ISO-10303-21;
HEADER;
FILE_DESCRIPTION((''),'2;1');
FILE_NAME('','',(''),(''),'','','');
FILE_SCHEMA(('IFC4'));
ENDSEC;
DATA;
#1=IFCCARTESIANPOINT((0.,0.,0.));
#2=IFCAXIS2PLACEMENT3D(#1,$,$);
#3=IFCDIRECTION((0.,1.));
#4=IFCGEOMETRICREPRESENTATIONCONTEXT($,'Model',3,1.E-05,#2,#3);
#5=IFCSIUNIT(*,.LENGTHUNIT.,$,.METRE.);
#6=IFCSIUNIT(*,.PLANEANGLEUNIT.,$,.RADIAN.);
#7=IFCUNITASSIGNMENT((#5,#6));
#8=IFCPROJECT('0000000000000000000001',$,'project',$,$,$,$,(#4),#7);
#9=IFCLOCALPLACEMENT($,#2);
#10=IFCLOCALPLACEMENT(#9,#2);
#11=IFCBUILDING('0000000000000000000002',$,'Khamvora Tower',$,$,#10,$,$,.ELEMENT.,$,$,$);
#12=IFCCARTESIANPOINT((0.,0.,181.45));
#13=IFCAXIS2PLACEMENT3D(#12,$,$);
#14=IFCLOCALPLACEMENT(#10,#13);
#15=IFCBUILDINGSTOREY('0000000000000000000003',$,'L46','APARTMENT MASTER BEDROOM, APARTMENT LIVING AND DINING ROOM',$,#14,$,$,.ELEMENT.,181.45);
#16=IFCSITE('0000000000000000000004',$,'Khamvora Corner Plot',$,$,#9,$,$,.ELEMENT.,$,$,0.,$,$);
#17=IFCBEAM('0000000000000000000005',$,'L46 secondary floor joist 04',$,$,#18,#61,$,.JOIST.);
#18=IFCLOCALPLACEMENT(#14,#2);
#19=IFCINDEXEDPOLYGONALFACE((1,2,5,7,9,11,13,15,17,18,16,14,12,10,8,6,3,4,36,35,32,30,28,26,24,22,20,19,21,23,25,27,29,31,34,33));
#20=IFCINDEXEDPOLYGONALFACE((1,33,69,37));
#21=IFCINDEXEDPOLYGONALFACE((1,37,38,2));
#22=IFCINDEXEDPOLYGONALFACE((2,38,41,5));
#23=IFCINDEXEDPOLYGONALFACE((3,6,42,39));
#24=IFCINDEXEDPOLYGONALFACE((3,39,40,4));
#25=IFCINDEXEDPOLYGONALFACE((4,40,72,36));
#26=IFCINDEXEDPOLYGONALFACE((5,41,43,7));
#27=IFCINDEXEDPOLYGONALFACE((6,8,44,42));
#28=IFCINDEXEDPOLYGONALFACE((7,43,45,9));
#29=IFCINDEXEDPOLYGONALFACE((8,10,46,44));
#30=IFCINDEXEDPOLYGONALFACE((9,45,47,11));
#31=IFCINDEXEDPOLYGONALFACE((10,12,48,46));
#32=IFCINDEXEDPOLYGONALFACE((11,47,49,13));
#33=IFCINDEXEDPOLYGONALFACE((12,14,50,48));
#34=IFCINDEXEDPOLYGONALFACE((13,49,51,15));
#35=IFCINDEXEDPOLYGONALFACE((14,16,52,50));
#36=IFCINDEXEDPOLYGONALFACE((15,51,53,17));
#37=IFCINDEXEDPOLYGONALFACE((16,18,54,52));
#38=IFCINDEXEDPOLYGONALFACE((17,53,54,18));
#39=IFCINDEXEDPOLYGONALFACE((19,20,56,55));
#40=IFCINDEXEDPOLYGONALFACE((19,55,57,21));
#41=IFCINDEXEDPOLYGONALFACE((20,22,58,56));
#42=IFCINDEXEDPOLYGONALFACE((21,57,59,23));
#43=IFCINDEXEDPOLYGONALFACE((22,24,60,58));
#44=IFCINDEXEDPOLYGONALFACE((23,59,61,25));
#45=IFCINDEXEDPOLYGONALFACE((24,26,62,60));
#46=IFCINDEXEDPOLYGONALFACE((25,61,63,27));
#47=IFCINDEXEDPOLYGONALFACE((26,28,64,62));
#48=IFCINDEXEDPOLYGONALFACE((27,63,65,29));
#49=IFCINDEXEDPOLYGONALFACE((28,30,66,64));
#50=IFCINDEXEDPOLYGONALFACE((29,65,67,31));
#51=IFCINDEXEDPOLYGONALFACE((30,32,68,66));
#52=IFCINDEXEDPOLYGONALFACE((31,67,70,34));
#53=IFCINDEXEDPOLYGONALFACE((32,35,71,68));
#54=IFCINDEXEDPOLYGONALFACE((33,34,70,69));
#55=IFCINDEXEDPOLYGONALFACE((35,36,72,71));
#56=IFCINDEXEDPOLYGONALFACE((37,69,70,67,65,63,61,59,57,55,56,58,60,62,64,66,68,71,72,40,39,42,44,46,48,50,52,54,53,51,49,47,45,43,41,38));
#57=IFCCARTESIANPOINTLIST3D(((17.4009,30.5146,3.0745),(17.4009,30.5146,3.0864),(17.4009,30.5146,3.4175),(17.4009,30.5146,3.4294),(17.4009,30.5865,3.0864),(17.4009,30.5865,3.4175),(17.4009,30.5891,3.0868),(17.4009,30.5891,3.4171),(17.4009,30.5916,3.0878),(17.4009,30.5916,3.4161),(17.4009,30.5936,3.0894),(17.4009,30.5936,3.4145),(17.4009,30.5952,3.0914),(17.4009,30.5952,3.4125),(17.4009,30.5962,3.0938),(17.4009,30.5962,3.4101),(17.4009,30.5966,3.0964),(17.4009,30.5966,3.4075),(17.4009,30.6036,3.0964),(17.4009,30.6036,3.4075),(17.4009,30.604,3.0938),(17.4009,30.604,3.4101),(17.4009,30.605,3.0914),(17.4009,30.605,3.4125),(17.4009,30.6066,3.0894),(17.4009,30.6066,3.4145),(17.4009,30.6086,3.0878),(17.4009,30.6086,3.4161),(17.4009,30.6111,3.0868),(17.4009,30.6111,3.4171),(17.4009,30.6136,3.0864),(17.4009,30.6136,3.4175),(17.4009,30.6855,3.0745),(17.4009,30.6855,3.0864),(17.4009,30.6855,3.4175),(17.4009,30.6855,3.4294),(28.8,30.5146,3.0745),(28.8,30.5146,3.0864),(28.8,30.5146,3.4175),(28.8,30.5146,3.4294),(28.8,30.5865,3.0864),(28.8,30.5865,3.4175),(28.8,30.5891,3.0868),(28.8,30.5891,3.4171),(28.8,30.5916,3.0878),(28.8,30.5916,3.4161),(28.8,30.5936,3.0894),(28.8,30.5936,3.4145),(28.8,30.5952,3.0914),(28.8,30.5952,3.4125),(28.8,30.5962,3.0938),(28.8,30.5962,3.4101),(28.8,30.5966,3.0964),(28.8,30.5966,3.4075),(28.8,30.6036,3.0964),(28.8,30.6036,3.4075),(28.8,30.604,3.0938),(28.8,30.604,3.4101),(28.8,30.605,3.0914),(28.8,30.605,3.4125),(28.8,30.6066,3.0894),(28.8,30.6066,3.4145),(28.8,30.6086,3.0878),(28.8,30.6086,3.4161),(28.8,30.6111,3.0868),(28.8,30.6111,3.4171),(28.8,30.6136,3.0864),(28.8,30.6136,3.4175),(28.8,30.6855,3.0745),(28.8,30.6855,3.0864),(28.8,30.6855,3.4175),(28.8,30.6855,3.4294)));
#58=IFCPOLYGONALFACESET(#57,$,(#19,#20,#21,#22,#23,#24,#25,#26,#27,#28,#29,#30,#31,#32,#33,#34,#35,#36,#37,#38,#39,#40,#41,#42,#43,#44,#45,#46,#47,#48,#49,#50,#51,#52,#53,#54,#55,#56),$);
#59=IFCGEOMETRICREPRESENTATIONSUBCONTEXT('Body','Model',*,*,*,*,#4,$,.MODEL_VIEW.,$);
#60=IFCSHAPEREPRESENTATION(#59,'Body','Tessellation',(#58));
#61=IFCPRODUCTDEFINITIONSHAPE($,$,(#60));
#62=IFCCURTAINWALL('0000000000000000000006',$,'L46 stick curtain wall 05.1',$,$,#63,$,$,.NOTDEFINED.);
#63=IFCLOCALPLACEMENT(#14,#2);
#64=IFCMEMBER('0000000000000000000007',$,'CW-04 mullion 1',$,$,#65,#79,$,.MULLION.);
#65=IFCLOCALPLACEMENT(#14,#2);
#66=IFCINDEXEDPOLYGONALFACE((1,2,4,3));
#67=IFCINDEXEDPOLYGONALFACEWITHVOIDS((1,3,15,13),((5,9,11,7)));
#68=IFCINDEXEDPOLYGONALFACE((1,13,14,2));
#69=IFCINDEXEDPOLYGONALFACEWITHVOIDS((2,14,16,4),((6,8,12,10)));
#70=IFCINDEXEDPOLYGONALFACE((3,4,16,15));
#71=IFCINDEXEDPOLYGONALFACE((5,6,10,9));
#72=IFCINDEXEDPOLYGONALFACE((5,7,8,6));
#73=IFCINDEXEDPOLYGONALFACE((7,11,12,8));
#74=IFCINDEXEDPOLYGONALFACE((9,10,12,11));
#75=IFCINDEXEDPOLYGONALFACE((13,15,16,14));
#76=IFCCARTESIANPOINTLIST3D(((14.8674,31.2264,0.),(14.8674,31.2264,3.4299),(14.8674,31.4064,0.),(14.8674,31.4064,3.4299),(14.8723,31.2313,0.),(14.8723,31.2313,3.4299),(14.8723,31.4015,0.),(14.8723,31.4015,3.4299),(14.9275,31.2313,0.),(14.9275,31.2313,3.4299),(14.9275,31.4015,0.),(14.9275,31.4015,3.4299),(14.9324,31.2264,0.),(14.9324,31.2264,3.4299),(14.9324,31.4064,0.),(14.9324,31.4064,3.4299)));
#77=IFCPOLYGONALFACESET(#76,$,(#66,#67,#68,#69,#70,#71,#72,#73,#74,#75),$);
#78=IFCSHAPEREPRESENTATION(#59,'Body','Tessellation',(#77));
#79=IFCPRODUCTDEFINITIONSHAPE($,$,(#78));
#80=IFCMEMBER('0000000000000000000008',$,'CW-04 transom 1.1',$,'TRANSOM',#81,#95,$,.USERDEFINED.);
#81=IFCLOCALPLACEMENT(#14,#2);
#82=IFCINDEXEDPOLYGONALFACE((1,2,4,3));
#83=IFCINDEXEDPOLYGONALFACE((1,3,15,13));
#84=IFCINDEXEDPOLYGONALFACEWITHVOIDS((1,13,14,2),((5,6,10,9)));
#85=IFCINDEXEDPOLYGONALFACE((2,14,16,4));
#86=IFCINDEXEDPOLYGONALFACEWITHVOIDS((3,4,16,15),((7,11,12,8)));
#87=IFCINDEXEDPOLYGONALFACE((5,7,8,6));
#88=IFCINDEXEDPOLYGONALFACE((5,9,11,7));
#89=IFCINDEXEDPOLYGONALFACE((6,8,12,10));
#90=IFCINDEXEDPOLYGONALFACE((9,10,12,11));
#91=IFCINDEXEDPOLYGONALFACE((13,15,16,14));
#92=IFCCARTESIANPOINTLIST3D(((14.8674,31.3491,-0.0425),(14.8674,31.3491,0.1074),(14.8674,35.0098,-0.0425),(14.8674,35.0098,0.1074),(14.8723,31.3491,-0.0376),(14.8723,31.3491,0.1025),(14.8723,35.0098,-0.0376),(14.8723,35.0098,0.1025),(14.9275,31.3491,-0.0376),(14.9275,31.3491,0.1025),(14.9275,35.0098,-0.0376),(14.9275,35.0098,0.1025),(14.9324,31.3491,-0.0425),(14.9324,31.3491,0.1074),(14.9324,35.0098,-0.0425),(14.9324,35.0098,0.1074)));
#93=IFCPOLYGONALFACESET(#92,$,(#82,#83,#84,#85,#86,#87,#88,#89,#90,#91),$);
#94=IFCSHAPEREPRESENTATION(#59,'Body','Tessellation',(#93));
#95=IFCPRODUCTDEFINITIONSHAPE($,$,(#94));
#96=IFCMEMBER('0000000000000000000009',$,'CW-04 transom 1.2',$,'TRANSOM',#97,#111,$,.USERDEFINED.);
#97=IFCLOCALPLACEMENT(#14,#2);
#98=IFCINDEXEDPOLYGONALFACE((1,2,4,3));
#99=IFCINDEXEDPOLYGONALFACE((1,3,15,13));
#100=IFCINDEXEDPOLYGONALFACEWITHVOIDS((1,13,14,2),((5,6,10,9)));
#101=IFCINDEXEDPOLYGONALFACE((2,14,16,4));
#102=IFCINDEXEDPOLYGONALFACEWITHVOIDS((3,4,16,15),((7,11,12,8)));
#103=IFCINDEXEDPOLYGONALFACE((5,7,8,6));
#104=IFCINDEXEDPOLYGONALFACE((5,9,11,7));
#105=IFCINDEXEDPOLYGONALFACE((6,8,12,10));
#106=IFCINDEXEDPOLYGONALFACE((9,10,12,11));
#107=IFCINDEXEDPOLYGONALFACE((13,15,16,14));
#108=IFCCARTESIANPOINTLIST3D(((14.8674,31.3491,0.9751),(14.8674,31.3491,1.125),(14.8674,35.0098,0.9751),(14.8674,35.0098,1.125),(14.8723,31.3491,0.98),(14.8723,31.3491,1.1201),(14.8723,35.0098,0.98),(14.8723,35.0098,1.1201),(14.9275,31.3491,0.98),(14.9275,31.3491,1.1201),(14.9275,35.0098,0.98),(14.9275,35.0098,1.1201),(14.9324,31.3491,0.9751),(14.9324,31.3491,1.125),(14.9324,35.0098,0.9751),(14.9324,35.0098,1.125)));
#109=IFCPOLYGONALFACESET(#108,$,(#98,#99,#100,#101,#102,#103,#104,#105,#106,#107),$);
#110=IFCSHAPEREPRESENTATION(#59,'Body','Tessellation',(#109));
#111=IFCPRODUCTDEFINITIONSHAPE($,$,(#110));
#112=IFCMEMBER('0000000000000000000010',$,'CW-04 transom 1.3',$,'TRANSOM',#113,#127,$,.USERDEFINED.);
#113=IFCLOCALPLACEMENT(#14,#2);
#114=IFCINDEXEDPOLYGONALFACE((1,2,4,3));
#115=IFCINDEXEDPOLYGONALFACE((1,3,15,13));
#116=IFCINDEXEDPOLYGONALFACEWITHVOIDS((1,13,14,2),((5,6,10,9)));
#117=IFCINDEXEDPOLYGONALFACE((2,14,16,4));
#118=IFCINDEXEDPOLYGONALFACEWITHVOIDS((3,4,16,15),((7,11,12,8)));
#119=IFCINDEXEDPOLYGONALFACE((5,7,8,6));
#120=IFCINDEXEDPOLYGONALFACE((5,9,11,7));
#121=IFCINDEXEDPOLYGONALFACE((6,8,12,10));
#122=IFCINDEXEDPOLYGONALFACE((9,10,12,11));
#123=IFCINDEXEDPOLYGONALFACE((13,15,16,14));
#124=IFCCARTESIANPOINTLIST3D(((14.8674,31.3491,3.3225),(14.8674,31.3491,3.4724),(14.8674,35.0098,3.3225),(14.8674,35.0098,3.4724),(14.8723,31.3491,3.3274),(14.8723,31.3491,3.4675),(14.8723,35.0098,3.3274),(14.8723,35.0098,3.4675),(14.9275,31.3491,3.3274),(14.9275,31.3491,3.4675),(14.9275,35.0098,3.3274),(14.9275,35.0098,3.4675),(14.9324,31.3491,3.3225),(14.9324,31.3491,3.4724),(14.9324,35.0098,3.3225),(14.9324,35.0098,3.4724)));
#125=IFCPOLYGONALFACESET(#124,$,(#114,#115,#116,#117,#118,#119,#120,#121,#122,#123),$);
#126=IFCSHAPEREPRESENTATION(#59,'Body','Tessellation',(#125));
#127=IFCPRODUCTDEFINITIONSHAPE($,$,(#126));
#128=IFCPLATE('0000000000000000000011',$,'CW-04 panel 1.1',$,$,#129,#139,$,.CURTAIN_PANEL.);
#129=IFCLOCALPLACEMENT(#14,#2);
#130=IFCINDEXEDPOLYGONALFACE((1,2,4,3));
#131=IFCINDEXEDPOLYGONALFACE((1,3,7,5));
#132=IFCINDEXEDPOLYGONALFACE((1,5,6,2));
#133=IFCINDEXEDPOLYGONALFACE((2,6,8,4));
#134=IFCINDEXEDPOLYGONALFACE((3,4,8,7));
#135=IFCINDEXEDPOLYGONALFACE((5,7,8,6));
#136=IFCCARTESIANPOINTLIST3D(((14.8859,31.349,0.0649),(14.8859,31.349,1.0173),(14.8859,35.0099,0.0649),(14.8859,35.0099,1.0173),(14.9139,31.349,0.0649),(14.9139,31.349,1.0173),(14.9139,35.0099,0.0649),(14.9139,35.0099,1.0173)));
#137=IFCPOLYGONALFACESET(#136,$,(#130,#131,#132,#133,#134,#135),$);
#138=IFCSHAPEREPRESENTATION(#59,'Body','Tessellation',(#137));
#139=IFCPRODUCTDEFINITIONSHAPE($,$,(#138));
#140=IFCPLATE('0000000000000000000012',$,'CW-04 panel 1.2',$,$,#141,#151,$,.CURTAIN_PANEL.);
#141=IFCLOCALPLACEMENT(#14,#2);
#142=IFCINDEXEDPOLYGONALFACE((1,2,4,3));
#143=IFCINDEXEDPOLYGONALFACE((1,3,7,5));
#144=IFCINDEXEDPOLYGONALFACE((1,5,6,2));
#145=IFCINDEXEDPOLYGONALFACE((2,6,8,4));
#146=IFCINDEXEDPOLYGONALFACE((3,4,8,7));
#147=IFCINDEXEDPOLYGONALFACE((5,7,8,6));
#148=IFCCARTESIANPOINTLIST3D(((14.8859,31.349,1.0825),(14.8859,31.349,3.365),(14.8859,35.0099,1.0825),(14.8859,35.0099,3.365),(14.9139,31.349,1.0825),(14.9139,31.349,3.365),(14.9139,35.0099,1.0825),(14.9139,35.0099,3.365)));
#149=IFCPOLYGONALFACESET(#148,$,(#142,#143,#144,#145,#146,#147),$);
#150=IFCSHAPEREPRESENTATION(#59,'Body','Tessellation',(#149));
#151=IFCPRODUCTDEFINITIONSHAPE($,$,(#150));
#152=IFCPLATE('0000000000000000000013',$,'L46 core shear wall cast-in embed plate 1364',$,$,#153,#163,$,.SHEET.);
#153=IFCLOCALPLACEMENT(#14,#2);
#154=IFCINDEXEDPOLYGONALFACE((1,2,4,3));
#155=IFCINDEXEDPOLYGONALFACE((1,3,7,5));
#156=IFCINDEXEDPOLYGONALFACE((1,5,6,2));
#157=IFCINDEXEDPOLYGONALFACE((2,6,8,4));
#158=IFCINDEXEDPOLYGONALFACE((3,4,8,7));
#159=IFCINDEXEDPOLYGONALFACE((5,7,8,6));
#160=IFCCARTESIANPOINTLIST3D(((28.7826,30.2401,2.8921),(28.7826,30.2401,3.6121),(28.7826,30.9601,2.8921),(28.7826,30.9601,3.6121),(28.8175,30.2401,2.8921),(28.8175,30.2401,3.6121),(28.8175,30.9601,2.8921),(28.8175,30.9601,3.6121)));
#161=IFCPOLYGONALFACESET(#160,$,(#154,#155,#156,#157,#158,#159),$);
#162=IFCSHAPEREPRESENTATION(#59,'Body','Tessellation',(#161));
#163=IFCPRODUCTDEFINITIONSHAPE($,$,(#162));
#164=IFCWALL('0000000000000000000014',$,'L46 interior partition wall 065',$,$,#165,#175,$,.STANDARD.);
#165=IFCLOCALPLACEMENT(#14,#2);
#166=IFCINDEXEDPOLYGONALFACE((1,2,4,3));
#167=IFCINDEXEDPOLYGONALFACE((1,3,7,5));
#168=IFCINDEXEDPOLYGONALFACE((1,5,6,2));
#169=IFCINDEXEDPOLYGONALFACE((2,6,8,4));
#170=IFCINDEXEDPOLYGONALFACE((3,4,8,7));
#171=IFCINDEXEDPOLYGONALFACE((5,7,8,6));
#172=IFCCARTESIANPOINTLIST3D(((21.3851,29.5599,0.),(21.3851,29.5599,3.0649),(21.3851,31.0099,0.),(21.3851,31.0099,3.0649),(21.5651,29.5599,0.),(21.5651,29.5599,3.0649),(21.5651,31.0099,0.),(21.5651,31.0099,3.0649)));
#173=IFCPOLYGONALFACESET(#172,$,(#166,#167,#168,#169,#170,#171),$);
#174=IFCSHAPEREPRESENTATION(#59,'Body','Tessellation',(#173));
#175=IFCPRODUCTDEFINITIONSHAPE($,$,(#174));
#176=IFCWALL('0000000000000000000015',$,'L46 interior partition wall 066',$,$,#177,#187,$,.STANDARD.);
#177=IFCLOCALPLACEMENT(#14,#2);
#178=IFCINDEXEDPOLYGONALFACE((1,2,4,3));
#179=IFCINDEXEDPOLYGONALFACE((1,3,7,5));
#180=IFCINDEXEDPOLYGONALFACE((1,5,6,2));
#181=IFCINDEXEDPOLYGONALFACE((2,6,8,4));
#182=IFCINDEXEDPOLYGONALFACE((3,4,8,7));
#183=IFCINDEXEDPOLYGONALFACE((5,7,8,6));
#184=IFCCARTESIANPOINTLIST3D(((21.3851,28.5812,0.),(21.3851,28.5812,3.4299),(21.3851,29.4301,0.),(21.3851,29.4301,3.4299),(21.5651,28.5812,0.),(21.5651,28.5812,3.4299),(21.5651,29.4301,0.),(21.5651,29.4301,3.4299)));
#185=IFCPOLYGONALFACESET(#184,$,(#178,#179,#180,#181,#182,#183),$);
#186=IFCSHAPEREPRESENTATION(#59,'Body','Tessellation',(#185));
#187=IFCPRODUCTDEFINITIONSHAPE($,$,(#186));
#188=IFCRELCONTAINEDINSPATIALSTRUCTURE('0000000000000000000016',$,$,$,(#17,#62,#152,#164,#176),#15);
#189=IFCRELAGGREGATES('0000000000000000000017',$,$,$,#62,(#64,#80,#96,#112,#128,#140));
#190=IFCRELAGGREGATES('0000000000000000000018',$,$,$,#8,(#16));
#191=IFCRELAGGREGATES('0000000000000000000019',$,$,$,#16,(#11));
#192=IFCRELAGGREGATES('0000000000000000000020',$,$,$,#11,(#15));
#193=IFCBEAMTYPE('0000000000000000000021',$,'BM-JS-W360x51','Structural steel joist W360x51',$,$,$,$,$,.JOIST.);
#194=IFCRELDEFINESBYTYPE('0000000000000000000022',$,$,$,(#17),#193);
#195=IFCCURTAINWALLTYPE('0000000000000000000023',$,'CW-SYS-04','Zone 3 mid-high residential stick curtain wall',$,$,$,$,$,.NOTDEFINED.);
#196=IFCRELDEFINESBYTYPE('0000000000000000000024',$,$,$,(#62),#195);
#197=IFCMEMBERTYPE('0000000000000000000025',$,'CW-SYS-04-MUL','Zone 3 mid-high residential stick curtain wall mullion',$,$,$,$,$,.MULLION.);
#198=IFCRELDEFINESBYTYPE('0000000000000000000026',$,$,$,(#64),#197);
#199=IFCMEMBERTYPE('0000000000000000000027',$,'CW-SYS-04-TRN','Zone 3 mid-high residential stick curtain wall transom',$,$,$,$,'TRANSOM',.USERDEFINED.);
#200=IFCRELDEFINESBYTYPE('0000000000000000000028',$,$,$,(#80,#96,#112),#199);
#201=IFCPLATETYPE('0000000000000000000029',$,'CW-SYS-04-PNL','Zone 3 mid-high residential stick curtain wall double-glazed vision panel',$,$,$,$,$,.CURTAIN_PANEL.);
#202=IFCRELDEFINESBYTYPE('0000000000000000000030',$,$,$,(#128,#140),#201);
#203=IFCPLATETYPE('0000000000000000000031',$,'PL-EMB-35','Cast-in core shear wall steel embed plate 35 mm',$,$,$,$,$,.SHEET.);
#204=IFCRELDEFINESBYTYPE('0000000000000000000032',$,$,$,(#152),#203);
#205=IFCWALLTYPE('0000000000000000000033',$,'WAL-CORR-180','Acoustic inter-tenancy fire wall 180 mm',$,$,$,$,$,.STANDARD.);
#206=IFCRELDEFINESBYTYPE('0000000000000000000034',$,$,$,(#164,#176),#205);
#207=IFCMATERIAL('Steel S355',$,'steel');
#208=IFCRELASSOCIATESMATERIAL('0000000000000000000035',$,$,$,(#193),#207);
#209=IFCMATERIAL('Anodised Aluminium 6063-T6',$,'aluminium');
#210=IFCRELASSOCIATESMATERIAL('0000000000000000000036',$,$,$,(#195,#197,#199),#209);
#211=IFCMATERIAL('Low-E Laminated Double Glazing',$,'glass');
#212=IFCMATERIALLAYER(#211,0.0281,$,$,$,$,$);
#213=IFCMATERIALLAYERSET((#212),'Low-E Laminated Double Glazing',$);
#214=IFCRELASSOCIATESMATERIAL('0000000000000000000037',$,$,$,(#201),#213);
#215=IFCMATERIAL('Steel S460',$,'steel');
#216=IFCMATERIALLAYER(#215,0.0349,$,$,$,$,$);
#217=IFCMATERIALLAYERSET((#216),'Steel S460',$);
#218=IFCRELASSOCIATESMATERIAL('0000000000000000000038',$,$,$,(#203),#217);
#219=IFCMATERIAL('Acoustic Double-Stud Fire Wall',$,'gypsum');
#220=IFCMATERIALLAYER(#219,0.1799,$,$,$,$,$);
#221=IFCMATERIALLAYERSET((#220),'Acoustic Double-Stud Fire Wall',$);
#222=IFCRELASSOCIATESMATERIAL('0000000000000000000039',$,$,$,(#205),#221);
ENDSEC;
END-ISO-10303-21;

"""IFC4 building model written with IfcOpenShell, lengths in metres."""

from ifc_helpers import new_model, si_unit, direction, frame, frame_2d, origin, origin_2d, place, context, subcontext, project, spatial, rectangle, hollow_rectangle, i_section, extrude, material, layer, layer_set, material_profile, profile_set, type_object, element, aggregate, save


model = new_model("IFC4")

# Units and contexts
model_context = context("Model", 3, precision=1e-05, world=origin(), true_north=direction((0.0, 1.0)))
body_context = subcontext(model_context, "Body", "Model", "MODEL_VIEW")
ifc_project = project(units=[si_unit("LENGTHUNIT", "METRE"), si_unit("PLANEANGLEUNIT", "RADIAN")], contexts=[model_context])

# Site, building, storey
site_placement = place(None, origin())
site = spatial("IfcSite", under=ifc_project, at=site_placement, Name="Khamvora Corner Plot", CompositionType="ELEMENT", RefElevation=0.0)
building_placement = place(site_placement, origin())
building = spatial("IfcBuilding", under=site, at=building_placement, Name="Khamvora Tower", CompositionType="ELEMENT")
storey_placement = place(building_placement, frame((0.0, 0.0, 181.45)))
storey = spatial("IfcBuildingStorey", under=building, at=storey_placement, Name="L46", Description="APARTMENT MASTER BEDROOM, APARTMENT LIVING AND DINING ROOM", CompositionType="ELEMENT", Elevation=181.45)

# Beam
ifc_material_1 = material(Name="Steel S355", Category="steel")
ifc_material_profile_1 = material_profile(ifc_material_1, i_section(OverallWidth=0.1709, OverallDepth=0.355, WebThickness=0.0071, FlangeThickness=0.012, FilletRadius=0.01, at=origin_2d()), Name="W360x51")
ifc_profile_set_1 = profile_set([ifc_material_profile_1], Name="Steel S355")
beam_type = type_object("IfcBeamType", Name="BM-JS-W360x51", Description="Structural steel joist W360x51", PredefinedType="JOIST", material=ifc_profile_set_1)
beam_placement = place(storey_placement, frame((17.4009, 30.6001, 3.252), z_axis=(1.0, 0.0, 0.0), x_axis=(0.0, 1.0, 0.0)))
element("IfcBeam", 1, at=beam_placement, inside=storey, type_object=beam_type, Name="L46 secondary floor joist 04", PredefinedType="JOIST", context=body_context, shape_type="SweptSolid", body=[
    extrude(i_section(OverallWidth=0.1709, OverallDepth=0.355, WebThickness=0.0071, FlangeThickness=0.012, FilletRadius=0.01, at=origin_2d()), origin(), (0.0, 0.0, 1.0), 11.3992),
])

# Curtain wall, members, plates
ifc_material_2 = material(Name="Anodised Aluminium 6063-T6", Category="aluminium")
curtain_wall_type = type_object("IfcCurtainWallType", Name="CW-SYS-04", Description="Zone 3 mid-high residential stick curtain wall", PredefinedType="NOTDEFINED", material=ifc_material_2)
curtain_wall_placement = place(storey_placement, origin())
curtain_wall = element("IfcCurtainWall", 2, at=curtain_wall_placement, inside=storey, type_object=curtain_wall_type, Name="L46 stick curtain wall 05.1", PredefinedType="NOTDEFINED")
ifc_material_profile_2 = material_profile(ifc_material_2, hollow_rectangle(XDim=0.0649, YDim=0.1799, WallThickness=0.0049, at=origin_2d()), Name="MUL65x180x5")
ifc_profile_set_2 = profile_set([ifc_material_profile_2], Name="Anodised Aluminium 6063-T6")
member_type_1 = type_object("IfcMemberType", Name="CW-SYS-04-MUL", Description="Zone 3 mid-high residential stick curtain wall mullion", PredefinedType="MULLION", material=ifc_profile_set_2)
member_1_placement = place(storey_placement, frame((14.8999, 31.3164, 0.0), z_axis=(0.0, 0.0, 1.0), x_axis=(-1.0, 0.0, 0.0)))
member_1 = element("IfcMember", 3, at=member_1_placement, type_object=member_type_1, Name="CW-04 mullion 1", PredefinedType="MULLION", context=body_context, shape_type="SweptSolid", body=[
    extrude(hollow_rectangle(XDim=0.0649, YDim=0.1799, WallThickness=0.0049, at=origin_2d()), origin(), (0.0, 0.0, 1.0), 3.4299),
])
ifc_material_profile_3 = material_profile(ifc_material_2, hollow_rectangle(XDim=0.0649, YDim=0.1499, WallThickness=0.0049, at=origin_2d()), Name="TRN65x150x5")
ifc_profile_set_3 = profile_set([ifc_material_profile_3], Name="Anodised Aluminium 6063-T6")
member_type_2 = type_object("IfcMemberType", Name="CW-SYS-04-TRN", Description="Zone 3 mid-high residential stick curtain wall transom", ElementType="TRANSOM", PredefinedType="USERDEFINED", material=ifc_profile_set_3)
member_2_placement = place(storey_placement, frame((14.8999, 31.3491, 0.0325), z_axis=(0.0, 1.0, 0.0), x_axis=(-1.0, 0.0, 0.0)))
member_2 = element("IfcMember", 4, at=member_2_placement, type_object=member_type_2, Name="CW-04 transom 1.1", ObjectType="TRANSOM", PredefinedType="USERDEFINED", context=body_context, shape_type="SweptSolid", body=[
    extrude(hollow_rectangle(XDim=0.0649, YDim=0.1499, WallThickness=0.0049, at=origin_2d()), origin(), (0.0, 0.0, 1.0), 3.6606),
])
member_3_placement = place(storey_placement, frame((14.8999, 31.3491, 1.05), z_axis=(0.0, 1.0, 0.0), x_axis=(-1.0, 0.0, 0.0)))
member_3 = element("IfcMember", 5, at=member_3_placement, type_object=member_type_2, Name="CW-04 transom 1.2", ObjectType="TRANSOM", PredefinedType="USERDEFINED", context=body_context, shape_type="SweptSolid", body=[
    extrude(hollow_rectangle(XDim=0.0649, YDim=0.1499, WallThickness=0.0049, at=origin_2d()), origin(), (0.0, 0.0, 1.0), 3.6606),
])
member_4_placement = place(storey_placement, frame((14.8999, 31.3491, 3.3975), z_axis=(0.0, 1.0, 0.0), x_axis=(-1.0, 0.0, 0.0)))
member_4 = element("IfcMember", 6, at=member_4_placement, type_object=member_type_2, Name="CW-04 transom 1.3", ObjectType="TRANSOM", PredefinedType="USERDEFINED", context=body_context, shape_type="SweptSolid", body=[
    extrude(hollow_rectangle(XDim=0.0649, YDim=0.1499, WallThickness=0.0049, at=origin_2d()), origin(), (0.0, 0.0, 1.0), 3.6606),
])
ifc_material_3 = material(Name="Low-E Laminated Double Glazing", Category="glass")
ifc_layer_1 = layer(ifc_material_3, 0.0281)
ifc_layer_set_1 = layer_set([ifc_layer_1], Name="Low-E Laminated Double Glazing")
plate_type_1 = type_object("IfcPlateType", Name="CW-SYS-04-PNL", Description="Zone 3 mid-high residential stick curtain wall double-glazed vision panel", PredefinedType="CURTAIN_PANEL", material=ifc_layer_set_1)
plate_1_placement = place(storey_placement, frame((14.8999, 33.1794, 0.0649), z_axis=(0.0, 0.0, 1.0), x_axis=(0.0, 1.0, 0.0)))
plate_1 = element("IfcPlate", 7, at=plate_1_placement, type_object=plate_type_1, Name="CW-04 panel 1.1", PredefinedType="CURTAIN_PANEL", context=body_context, shape_type="SweptSolid", body=[
    extrude(rectangle(XDim=3.6609, YDim=0.0281, at=origin_2d()), origin(), (0.0, 0.0, 1.0), 0.9524),
])
plate_2_placement = place(storey_placement, frame((14.8999, 33.1794, 1.0825), z_axis=(0.0, 0.0, 1.0), x_axis=(0.0, 1.0, 0.0)))
plate_2 = element("IfcPlate", 8, at=plate_2_placement, type_object=plate_type_1, Name="CW-04 panel 1.2", PredefinedType="CURTAIN_PANEL", context=body_context, shape_type="SweptSolid", body=[
    extrude(rectangle(XDim=3.6609, YDim=0.0281, at=origin_2d()), origin(), (0.0, 0.0, 1.0), 2.2825),
])
aggregate(curtain_wall, [member_1, member_2, member_3, member_4, plate_1, plate_2])

# Plate
ifc_material_4 = material(Name="Steel S460", Category="steel")
ifc_layer_2 = layer(ifc_material_4, 0.0349)
ifc_layer_set_2 = layer_set([ifc_layer_2], Name="Steel S460")
plate_type_2 = type_object("IfcPlateType", Name="PL-EMB-35", Description="Cast-in core shear wall steel embed plate 35 mm", PredefinedType="SHEET", material=ifc_layer_set_2)
plate_3_placement = place(storey_placement, frame((28.8, 30.6001, 2.8921), z_axis=(0.0, 0.0, 1.0), x_axis=(1.0, 0.0, 0.0)))
element("IfcPlate", 9, at=plate_3_placement, inside=storey, type_object=plate_type_2, Name="L46 core shear wall cast-in embed plate 1364", PredefinedType="SHEET", context=body_context, shape_type="SweptSolid", body=[
    extrude(rectangle(XDim=0.0349, YDim=0.72, at=origin_2d()), origin(), (0.0, 0.0, 1.0), 0.72),
])

# Walls
ifc_material_5 = material(Name="Acoustic Double-Stud Fire Wall", Category="gypsum")
ifc_layer_3 = layer(ifc_material_5, 0.1799)
ifc_layer_set_3 = layer_set([ifc_layer_3], Name="Acoustic Double-Stud Fire Wall")
wall_type_1 = type_object("IfcWallType", Name="WAL-CORR-180", Description="Acoustic inter-tenancy fire wall 180 mm", PredefinedType="STANDARD", material=ifc_layer_set_3)
wall_1_placement = place(storey_placement, frame((21.4751, 31.01, 0.0), z_axis=(0.0, 0.0, 1.0), x_axis=(0.0, -1.0, 0.0)))
element("IfcWall", 10, at=wall_1_placement, inside=storey, type_object=wall_type_1, Name="L46 interior partition wall 065", PredefinedType="STANDARD", context=body_context, shape_type="SweptSolid", body=[
    extrude(rectangle(XDim=1.45, YDim=0.1799, at=frame_2d((0.7251, 0.0))), origin(), (0.0, 0.0, 1.0), 3.0649),
])
wall_2_placement = place(storey_placement, frame((21.4751, 29.4299, 0.0), z_axis=(0.0, 0.0, 1.0), x_axis=(0.0, -1.0, 0.0)))
element("IfcWall", 11, at=wall_2_placement, inside=storey, type_object=wall_type_1, Name="L46 interior partition wall 066", PredefinedType="STANDARD", context=body_context, shape_type="SweptSolid", body=[
    extrude(rectangle(XDim=0.8489, YDim=0.1799, at=frame_2d((0.4243, 0.0))), origin(), (0.0, 0.0, 1.0), 3.4299),
])

save(model, "model.ifc")
